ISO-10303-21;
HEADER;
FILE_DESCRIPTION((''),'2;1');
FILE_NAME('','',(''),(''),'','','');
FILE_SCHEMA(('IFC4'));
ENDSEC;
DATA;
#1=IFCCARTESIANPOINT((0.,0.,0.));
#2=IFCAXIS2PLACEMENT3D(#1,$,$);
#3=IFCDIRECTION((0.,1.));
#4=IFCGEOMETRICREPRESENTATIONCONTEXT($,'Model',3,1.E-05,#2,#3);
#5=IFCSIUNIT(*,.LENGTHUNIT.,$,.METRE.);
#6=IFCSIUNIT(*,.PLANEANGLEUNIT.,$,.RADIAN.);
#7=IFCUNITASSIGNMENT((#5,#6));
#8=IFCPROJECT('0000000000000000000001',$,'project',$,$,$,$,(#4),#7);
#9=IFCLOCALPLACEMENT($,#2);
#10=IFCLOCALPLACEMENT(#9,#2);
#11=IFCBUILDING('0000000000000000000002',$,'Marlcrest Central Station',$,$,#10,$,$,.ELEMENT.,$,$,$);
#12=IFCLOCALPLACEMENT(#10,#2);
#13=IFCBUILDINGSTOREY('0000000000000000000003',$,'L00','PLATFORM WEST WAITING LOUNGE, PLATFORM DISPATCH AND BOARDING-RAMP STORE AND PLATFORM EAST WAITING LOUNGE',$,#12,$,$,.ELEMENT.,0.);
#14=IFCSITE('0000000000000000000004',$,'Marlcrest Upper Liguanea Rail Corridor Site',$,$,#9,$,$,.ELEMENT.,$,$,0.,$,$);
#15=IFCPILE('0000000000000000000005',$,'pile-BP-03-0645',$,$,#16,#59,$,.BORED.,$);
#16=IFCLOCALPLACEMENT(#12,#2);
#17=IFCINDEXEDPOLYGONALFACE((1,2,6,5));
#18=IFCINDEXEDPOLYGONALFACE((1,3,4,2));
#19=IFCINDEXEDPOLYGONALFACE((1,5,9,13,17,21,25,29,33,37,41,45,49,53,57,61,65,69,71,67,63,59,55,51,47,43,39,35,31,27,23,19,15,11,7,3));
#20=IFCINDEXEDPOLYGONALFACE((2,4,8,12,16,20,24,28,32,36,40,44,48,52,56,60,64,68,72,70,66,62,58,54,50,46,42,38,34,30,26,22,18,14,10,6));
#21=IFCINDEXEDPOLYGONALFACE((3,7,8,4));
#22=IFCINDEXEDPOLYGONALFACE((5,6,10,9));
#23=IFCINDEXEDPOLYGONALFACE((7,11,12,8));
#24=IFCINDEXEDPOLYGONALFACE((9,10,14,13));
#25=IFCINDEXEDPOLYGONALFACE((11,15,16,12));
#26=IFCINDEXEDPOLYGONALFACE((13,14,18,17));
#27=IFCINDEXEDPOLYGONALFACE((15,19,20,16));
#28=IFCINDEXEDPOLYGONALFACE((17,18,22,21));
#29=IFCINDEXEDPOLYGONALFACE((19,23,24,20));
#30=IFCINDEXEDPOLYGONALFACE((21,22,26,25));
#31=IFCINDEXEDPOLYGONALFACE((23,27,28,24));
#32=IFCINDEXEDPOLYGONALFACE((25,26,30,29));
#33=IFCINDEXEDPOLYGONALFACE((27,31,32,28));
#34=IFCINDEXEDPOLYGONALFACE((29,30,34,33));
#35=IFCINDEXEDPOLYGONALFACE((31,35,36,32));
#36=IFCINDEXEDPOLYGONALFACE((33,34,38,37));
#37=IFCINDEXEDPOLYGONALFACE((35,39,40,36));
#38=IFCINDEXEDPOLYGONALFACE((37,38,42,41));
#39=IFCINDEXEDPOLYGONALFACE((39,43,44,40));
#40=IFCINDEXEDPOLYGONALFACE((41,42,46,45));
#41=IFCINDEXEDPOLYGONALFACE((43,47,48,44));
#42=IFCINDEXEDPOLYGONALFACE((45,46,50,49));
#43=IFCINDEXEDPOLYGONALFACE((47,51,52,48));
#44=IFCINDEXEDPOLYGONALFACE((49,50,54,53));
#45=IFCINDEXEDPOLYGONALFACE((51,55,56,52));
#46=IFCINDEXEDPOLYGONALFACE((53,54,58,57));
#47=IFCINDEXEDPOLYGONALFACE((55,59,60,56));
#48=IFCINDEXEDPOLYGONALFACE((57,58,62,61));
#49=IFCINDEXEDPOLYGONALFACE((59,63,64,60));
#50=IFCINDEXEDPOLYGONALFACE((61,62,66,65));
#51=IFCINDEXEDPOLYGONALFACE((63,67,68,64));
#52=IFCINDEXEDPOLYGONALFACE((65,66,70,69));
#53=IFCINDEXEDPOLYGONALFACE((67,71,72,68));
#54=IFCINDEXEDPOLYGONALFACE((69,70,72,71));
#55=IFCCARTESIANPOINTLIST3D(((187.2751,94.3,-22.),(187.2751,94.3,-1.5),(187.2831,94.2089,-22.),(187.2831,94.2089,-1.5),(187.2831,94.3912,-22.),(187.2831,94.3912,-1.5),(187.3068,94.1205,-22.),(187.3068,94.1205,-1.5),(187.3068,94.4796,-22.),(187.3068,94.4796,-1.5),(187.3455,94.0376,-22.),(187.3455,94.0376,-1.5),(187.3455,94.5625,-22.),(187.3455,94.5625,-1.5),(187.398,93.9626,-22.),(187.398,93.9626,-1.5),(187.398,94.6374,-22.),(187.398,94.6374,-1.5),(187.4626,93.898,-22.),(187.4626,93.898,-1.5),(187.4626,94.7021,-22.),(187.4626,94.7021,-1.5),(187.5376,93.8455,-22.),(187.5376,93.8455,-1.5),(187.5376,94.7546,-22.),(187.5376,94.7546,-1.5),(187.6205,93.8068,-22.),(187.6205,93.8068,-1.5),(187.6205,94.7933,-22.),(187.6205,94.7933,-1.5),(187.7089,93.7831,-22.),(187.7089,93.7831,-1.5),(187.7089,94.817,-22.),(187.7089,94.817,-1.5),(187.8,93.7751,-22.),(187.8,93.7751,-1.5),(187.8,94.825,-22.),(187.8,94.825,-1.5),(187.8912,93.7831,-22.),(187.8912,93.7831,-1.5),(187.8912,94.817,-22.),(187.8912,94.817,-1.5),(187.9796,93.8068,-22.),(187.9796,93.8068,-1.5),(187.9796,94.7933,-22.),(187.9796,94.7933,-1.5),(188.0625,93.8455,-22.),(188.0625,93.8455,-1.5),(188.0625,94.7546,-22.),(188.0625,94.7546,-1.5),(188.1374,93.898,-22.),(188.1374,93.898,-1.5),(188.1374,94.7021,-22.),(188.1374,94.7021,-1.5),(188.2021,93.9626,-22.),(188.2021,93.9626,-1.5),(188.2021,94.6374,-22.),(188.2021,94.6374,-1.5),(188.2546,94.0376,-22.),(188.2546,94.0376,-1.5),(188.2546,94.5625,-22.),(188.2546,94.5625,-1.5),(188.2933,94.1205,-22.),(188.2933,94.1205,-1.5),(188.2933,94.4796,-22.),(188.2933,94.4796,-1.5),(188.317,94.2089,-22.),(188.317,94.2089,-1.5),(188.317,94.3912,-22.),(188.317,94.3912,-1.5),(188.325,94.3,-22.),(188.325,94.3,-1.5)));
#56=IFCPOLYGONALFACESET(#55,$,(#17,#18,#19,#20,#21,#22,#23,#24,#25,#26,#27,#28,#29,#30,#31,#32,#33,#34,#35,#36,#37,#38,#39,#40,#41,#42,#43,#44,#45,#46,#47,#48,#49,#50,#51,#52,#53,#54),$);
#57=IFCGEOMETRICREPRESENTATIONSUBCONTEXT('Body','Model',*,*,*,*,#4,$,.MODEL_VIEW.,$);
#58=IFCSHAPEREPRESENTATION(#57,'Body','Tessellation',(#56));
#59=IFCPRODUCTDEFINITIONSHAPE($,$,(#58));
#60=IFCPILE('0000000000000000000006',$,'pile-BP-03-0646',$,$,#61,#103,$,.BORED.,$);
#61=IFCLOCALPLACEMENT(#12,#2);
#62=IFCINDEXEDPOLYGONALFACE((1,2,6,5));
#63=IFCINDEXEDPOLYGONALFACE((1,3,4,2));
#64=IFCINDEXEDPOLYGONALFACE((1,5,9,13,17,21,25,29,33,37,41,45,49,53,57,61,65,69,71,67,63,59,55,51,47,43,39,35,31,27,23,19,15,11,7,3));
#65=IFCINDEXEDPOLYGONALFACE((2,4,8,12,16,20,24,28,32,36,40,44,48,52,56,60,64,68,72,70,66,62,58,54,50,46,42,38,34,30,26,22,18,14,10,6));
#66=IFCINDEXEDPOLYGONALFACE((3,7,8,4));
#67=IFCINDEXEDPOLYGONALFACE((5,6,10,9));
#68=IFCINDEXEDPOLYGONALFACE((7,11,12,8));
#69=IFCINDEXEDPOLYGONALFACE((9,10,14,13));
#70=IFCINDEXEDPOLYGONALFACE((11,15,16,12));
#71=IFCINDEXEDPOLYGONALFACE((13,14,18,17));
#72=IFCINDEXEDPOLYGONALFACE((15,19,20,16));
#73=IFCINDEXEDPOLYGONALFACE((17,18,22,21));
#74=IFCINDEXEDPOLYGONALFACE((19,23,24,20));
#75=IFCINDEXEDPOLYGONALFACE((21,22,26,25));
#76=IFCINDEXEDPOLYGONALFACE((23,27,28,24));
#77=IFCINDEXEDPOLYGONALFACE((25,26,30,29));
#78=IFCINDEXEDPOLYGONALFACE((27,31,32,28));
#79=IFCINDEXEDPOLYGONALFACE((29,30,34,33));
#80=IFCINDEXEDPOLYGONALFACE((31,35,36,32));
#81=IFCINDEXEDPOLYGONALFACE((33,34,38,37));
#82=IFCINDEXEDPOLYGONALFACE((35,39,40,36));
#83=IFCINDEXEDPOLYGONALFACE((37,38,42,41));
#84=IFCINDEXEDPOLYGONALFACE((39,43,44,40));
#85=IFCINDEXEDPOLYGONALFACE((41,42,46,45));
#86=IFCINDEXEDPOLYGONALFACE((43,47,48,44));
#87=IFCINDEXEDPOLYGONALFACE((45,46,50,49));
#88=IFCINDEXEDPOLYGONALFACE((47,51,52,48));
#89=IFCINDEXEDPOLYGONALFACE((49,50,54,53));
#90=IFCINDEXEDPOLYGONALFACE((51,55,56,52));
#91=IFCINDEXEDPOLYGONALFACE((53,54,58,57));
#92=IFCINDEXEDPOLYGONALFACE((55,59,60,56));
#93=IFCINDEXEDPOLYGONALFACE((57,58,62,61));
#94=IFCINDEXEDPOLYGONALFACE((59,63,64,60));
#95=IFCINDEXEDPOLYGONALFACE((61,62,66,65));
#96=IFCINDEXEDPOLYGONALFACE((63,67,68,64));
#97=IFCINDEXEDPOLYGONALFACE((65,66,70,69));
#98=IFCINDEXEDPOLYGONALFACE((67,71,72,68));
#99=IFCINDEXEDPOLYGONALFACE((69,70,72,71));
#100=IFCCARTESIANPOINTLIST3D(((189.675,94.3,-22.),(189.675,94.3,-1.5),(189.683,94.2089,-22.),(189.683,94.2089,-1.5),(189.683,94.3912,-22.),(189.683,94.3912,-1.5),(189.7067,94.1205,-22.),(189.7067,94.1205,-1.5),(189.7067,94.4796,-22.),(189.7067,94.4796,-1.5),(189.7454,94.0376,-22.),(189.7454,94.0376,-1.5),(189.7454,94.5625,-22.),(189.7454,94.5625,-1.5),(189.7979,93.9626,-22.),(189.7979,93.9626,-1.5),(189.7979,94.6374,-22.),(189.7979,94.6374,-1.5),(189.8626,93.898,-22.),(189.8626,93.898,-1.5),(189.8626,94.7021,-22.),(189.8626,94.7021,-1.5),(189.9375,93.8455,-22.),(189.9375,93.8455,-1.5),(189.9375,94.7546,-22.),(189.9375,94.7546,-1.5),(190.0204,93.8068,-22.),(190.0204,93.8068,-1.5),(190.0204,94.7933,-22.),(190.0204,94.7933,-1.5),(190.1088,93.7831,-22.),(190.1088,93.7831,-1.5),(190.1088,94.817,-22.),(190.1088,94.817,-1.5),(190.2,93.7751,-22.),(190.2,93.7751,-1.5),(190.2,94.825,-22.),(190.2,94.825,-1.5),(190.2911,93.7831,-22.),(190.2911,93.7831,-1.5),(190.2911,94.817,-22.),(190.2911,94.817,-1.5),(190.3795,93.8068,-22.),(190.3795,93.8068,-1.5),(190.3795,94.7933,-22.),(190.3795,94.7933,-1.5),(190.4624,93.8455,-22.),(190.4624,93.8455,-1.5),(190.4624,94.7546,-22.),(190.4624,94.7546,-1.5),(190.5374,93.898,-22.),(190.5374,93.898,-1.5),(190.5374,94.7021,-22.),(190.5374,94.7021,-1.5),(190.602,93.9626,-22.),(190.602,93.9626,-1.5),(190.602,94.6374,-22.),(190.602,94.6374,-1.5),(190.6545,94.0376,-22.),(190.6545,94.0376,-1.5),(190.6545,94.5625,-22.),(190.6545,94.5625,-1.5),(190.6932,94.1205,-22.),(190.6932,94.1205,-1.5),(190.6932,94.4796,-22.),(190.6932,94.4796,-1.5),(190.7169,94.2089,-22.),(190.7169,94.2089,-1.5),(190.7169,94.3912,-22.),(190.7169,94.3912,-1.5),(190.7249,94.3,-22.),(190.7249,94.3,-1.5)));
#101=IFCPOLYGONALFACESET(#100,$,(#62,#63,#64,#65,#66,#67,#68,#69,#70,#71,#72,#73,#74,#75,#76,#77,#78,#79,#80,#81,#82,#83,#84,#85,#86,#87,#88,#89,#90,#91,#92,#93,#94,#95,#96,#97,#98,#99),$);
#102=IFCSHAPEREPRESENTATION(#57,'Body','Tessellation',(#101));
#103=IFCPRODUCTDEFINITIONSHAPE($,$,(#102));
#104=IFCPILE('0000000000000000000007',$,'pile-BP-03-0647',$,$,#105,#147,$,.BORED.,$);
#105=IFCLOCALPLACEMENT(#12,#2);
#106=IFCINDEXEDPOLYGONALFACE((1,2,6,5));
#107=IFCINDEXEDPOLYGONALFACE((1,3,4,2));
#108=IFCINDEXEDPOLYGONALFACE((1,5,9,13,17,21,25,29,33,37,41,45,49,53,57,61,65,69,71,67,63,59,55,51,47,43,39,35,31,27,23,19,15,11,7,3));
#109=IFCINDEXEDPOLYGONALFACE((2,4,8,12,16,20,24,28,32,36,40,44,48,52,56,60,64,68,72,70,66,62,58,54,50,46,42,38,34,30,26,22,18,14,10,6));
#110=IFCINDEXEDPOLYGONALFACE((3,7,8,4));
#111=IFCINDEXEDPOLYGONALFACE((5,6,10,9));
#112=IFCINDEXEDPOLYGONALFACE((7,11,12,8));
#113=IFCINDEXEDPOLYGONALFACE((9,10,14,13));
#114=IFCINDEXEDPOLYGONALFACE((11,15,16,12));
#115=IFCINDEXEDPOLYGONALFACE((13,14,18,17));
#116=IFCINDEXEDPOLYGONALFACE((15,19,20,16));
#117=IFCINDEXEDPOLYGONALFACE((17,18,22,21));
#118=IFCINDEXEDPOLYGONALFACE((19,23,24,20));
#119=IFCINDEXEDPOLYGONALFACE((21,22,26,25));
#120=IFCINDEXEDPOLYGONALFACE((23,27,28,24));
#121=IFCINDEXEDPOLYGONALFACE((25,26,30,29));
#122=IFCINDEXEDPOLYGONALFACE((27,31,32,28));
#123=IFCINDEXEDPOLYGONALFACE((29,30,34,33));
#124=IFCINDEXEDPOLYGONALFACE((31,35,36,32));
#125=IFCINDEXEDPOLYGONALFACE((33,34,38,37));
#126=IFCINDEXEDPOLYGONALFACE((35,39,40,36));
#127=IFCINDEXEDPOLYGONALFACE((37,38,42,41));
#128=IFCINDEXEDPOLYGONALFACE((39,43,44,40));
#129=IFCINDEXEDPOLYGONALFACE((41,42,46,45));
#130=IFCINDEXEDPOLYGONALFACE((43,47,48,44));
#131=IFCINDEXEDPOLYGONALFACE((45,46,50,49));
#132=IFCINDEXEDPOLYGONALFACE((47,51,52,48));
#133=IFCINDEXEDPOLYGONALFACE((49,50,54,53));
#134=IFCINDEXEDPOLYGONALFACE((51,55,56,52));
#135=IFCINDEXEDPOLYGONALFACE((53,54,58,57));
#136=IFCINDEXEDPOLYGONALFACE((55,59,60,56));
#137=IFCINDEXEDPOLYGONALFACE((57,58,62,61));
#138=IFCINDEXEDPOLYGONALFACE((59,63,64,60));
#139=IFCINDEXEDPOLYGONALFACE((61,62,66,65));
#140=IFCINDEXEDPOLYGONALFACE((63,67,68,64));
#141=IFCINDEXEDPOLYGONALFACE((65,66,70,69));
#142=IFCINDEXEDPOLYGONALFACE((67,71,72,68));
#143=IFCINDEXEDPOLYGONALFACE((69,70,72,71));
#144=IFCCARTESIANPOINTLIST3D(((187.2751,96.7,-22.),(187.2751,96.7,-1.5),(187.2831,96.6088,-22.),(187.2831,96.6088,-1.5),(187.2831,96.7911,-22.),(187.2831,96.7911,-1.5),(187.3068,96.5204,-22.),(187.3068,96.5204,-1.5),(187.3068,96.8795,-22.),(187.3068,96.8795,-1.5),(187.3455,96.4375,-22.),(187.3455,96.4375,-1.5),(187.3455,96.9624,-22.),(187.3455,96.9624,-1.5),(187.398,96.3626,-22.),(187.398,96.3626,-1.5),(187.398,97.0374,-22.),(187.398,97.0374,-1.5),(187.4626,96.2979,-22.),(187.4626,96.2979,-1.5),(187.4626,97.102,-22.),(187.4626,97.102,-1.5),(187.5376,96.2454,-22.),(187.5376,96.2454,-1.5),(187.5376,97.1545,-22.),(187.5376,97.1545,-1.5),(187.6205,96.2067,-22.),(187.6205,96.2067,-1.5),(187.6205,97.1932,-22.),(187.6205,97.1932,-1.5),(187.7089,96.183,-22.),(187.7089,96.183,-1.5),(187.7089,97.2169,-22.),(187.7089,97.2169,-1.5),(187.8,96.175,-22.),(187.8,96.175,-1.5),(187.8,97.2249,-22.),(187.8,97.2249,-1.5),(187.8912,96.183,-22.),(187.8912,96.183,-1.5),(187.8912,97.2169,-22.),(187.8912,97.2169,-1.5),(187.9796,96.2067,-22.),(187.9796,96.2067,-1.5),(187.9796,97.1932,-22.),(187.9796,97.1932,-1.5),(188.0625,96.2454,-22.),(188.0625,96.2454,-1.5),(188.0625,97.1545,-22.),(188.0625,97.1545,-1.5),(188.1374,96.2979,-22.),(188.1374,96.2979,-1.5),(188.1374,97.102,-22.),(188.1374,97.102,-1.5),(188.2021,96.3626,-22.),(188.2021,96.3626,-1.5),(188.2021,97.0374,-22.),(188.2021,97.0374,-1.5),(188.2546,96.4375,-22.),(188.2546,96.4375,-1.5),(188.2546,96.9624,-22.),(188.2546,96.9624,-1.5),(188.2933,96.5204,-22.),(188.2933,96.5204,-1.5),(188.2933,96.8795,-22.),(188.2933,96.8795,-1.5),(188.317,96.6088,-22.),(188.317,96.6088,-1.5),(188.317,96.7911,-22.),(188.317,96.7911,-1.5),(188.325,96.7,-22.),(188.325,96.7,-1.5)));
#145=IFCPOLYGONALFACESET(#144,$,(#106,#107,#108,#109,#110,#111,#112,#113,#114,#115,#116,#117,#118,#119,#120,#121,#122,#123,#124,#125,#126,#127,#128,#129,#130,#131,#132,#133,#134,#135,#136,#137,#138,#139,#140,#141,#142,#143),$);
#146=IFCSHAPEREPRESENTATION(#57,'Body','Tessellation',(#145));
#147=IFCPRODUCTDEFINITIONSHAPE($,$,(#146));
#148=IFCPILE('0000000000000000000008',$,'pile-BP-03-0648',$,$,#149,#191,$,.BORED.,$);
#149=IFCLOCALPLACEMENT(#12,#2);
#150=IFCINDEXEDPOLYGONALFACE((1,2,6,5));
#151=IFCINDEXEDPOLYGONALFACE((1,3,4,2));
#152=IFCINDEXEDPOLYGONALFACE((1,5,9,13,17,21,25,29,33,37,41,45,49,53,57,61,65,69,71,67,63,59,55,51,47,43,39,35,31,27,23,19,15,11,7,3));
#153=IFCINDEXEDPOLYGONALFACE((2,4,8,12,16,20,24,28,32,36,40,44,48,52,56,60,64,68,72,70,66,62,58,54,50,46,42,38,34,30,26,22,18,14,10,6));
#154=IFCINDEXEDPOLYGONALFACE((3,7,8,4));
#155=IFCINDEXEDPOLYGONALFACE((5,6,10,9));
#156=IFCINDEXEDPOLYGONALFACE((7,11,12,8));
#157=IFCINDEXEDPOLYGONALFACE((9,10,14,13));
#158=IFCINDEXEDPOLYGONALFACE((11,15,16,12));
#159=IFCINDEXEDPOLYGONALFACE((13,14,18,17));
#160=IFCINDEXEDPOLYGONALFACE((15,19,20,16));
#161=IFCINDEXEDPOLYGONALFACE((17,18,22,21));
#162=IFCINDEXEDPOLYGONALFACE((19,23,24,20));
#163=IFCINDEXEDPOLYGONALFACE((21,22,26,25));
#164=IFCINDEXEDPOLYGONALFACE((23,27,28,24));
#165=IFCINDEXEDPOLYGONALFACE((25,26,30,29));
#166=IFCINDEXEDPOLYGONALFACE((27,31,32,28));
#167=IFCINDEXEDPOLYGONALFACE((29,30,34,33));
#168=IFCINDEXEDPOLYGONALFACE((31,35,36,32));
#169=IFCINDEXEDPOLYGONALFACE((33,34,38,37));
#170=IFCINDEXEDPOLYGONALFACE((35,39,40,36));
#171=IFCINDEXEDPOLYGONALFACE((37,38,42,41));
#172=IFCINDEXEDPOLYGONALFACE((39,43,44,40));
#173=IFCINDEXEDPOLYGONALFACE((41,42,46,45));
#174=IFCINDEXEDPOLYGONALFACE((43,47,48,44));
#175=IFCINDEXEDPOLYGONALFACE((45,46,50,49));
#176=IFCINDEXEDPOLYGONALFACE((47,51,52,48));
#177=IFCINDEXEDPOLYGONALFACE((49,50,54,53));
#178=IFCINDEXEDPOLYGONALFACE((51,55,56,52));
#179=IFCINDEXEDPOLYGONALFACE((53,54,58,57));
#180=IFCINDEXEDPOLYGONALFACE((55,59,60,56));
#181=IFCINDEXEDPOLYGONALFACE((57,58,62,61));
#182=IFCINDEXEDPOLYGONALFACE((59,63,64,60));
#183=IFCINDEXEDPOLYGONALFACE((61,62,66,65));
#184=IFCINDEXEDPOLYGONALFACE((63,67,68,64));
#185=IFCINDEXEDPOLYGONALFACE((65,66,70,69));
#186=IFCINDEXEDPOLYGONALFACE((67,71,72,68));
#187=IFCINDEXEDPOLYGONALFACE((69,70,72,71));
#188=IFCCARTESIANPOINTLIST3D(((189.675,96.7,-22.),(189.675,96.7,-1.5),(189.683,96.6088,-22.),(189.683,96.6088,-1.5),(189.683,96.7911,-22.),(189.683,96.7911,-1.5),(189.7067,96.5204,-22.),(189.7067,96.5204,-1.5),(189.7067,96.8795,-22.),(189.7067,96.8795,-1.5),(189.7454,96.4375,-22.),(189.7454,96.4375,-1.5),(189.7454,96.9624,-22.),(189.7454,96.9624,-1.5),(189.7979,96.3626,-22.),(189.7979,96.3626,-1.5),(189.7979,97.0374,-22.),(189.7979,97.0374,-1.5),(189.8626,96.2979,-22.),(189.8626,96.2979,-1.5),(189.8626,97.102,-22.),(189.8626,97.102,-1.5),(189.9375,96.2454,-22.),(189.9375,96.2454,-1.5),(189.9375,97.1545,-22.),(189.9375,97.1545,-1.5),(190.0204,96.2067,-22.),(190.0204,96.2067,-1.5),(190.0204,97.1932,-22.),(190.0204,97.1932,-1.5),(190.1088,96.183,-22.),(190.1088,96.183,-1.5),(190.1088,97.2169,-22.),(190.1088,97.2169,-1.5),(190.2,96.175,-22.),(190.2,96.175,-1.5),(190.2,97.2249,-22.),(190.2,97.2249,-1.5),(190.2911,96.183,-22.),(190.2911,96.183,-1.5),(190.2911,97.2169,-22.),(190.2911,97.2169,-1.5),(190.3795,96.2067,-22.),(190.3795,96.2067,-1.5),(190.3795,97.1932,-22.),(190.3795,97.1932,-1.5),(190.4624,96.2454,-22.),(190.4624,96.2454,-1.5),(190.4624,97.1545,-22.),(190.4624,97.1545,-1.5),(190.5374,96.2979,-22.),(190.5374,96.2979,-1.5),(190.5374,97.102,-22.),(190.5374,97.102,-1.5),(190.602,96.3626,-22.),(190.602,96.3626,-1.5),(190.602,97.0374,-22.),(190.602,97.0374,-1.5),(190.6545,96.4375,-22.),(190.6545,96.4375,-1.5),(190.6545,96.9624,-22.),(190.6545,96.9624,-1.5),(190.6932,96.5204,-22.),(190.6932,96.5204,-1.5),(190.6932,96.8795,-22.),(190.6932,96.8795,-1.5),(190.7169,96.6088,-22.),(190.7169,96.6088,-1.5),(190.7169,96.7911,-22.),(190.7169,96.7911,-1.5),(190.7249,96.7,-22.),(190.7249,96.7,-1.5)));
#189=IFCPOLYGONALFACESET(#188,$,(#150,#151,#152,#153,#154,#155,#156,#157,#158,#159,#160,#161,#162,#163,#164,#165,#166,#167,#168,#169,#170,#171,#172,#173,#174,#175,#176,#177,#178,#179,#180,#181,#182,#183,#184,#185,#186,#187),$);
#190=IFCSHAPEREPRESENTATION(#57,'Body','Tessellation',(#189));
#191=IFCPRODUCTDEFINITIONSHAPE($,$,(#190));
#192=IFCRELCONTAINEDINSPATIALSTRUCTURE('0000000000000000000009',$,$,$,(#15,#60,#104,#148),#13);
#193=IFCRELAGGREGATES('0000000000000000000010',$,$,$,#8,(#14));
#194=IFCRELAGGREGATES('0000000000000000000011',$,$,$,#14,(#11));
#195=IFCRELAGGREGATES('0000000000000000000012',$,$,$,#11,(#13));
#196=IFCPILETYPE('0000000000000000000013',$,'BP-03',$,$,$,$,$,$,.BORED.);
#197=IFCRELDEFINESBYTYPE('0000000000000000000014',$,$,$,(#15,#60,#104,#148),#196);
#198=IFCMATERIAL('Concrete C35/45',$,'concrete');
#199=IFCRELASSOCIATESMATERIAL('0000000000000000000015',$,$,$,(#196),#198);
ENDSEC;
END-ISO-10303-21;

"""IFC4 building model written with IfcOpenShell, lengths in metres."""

from ifc_helpers import new_model, si_unit, direction, frame, origin, origin_2d, place, context, subcontext, project, spatial, circle, extrude, material, material_profile, profile_set, type_object, element, save


model = new_model("IFC4")

# Units and contexts
model_context = context("Model", 3, precision=1e-05, world=origin(), true_north=direction((0.0, 1.0)))
body_context = subcontext(model_context, "Body", "Model", "MODEL_VIEW")
ifc_project = project(units=[si_unit("LENGTHUNIT", "METRE"), si_unit("PLANEANGLEUNIT", "RADIAN")], contexts=[model_context])

# Site, building, storey
site_placement = place(None, origin())
site = spatial("IfcSite", under=ifc_project, at=site_placement, Name="Marlcrest Upper Liguanea Rail Corridor Site", CompositionType="ELEMENT", RefElevation=0.0)
building_placement = place(site_placement, origin())
building = spatial("IfcBuilding", under=site, at=building_placement, Name="Marlcrest Central Station", CompositionType="ELEMENT")
storey_placement = place(building_placement, origin())
storey = spatial("IfcBuildingStorey", under=building, at=storey_placement, Name="L00", Description="PLATFORM WEST WAITING LOUNGE, PLATFORM DISPATCH AND BOARDING-RAMP STORE AND PLATFORM EAST WAITING LOUNGE", CompositionType="ELEMENT", Elevation=0.0)

# Piles
ifc_material_1 = material(Name="Concrete C35/45", Category="concrete")
ifc_material_profile_1 = material_profile(ifc_material_1, circle(Radius=0.5249, at=origin_2d()), Name="PILE D1050")
ifc_profile_set_1 = profile_set([ifc_material_profile_1], Name="Concrete C35/45")
pile_type_1 = type_object("IfcPileType", Name="BP-03", PredefinedType="BORED", material=ifc_profile_set_1)
for number, where, z_axis, x_axis, name in (
    (1, (187.8, 94.3, -1.5), (0.0, 0.0, -1.0), (1.0, 0.0, 0.0), "pile-BP-03-0645"),
    (2, (190.2, 94.3, -1.5), (0.0, 0.0, -1.0), (1.0, 0.0, 0.0), "pile-BP-03-0646"),
    (3, (187.8, 96.7, -1.5), (0.0, 0.0, -1.0), (1.0, 0.0, 0.0), "pile-BP-03-0647"),
    (4, (190.2, 96.7, -1.5), (0.0, 0.0, -1.0), (1.0, 0.0, 0.0), "pile-BP-03-0648"),
):
    element("IfcPile", number, at=place(storey_placement, frame(where, z_axis=z_axis, x_axis=x_axis)), inside=storey, type_object=pile_type_1, Name=name, PredefinedType="BORED", context=body_context, shape_type="SweptSolid", body=[
        extrude(circle(Radius=0.5249, at=origin_2d()), origin(), (0.0, 0.0, 1.0), 20.5),
    ])

save(model, "model.ifc")
